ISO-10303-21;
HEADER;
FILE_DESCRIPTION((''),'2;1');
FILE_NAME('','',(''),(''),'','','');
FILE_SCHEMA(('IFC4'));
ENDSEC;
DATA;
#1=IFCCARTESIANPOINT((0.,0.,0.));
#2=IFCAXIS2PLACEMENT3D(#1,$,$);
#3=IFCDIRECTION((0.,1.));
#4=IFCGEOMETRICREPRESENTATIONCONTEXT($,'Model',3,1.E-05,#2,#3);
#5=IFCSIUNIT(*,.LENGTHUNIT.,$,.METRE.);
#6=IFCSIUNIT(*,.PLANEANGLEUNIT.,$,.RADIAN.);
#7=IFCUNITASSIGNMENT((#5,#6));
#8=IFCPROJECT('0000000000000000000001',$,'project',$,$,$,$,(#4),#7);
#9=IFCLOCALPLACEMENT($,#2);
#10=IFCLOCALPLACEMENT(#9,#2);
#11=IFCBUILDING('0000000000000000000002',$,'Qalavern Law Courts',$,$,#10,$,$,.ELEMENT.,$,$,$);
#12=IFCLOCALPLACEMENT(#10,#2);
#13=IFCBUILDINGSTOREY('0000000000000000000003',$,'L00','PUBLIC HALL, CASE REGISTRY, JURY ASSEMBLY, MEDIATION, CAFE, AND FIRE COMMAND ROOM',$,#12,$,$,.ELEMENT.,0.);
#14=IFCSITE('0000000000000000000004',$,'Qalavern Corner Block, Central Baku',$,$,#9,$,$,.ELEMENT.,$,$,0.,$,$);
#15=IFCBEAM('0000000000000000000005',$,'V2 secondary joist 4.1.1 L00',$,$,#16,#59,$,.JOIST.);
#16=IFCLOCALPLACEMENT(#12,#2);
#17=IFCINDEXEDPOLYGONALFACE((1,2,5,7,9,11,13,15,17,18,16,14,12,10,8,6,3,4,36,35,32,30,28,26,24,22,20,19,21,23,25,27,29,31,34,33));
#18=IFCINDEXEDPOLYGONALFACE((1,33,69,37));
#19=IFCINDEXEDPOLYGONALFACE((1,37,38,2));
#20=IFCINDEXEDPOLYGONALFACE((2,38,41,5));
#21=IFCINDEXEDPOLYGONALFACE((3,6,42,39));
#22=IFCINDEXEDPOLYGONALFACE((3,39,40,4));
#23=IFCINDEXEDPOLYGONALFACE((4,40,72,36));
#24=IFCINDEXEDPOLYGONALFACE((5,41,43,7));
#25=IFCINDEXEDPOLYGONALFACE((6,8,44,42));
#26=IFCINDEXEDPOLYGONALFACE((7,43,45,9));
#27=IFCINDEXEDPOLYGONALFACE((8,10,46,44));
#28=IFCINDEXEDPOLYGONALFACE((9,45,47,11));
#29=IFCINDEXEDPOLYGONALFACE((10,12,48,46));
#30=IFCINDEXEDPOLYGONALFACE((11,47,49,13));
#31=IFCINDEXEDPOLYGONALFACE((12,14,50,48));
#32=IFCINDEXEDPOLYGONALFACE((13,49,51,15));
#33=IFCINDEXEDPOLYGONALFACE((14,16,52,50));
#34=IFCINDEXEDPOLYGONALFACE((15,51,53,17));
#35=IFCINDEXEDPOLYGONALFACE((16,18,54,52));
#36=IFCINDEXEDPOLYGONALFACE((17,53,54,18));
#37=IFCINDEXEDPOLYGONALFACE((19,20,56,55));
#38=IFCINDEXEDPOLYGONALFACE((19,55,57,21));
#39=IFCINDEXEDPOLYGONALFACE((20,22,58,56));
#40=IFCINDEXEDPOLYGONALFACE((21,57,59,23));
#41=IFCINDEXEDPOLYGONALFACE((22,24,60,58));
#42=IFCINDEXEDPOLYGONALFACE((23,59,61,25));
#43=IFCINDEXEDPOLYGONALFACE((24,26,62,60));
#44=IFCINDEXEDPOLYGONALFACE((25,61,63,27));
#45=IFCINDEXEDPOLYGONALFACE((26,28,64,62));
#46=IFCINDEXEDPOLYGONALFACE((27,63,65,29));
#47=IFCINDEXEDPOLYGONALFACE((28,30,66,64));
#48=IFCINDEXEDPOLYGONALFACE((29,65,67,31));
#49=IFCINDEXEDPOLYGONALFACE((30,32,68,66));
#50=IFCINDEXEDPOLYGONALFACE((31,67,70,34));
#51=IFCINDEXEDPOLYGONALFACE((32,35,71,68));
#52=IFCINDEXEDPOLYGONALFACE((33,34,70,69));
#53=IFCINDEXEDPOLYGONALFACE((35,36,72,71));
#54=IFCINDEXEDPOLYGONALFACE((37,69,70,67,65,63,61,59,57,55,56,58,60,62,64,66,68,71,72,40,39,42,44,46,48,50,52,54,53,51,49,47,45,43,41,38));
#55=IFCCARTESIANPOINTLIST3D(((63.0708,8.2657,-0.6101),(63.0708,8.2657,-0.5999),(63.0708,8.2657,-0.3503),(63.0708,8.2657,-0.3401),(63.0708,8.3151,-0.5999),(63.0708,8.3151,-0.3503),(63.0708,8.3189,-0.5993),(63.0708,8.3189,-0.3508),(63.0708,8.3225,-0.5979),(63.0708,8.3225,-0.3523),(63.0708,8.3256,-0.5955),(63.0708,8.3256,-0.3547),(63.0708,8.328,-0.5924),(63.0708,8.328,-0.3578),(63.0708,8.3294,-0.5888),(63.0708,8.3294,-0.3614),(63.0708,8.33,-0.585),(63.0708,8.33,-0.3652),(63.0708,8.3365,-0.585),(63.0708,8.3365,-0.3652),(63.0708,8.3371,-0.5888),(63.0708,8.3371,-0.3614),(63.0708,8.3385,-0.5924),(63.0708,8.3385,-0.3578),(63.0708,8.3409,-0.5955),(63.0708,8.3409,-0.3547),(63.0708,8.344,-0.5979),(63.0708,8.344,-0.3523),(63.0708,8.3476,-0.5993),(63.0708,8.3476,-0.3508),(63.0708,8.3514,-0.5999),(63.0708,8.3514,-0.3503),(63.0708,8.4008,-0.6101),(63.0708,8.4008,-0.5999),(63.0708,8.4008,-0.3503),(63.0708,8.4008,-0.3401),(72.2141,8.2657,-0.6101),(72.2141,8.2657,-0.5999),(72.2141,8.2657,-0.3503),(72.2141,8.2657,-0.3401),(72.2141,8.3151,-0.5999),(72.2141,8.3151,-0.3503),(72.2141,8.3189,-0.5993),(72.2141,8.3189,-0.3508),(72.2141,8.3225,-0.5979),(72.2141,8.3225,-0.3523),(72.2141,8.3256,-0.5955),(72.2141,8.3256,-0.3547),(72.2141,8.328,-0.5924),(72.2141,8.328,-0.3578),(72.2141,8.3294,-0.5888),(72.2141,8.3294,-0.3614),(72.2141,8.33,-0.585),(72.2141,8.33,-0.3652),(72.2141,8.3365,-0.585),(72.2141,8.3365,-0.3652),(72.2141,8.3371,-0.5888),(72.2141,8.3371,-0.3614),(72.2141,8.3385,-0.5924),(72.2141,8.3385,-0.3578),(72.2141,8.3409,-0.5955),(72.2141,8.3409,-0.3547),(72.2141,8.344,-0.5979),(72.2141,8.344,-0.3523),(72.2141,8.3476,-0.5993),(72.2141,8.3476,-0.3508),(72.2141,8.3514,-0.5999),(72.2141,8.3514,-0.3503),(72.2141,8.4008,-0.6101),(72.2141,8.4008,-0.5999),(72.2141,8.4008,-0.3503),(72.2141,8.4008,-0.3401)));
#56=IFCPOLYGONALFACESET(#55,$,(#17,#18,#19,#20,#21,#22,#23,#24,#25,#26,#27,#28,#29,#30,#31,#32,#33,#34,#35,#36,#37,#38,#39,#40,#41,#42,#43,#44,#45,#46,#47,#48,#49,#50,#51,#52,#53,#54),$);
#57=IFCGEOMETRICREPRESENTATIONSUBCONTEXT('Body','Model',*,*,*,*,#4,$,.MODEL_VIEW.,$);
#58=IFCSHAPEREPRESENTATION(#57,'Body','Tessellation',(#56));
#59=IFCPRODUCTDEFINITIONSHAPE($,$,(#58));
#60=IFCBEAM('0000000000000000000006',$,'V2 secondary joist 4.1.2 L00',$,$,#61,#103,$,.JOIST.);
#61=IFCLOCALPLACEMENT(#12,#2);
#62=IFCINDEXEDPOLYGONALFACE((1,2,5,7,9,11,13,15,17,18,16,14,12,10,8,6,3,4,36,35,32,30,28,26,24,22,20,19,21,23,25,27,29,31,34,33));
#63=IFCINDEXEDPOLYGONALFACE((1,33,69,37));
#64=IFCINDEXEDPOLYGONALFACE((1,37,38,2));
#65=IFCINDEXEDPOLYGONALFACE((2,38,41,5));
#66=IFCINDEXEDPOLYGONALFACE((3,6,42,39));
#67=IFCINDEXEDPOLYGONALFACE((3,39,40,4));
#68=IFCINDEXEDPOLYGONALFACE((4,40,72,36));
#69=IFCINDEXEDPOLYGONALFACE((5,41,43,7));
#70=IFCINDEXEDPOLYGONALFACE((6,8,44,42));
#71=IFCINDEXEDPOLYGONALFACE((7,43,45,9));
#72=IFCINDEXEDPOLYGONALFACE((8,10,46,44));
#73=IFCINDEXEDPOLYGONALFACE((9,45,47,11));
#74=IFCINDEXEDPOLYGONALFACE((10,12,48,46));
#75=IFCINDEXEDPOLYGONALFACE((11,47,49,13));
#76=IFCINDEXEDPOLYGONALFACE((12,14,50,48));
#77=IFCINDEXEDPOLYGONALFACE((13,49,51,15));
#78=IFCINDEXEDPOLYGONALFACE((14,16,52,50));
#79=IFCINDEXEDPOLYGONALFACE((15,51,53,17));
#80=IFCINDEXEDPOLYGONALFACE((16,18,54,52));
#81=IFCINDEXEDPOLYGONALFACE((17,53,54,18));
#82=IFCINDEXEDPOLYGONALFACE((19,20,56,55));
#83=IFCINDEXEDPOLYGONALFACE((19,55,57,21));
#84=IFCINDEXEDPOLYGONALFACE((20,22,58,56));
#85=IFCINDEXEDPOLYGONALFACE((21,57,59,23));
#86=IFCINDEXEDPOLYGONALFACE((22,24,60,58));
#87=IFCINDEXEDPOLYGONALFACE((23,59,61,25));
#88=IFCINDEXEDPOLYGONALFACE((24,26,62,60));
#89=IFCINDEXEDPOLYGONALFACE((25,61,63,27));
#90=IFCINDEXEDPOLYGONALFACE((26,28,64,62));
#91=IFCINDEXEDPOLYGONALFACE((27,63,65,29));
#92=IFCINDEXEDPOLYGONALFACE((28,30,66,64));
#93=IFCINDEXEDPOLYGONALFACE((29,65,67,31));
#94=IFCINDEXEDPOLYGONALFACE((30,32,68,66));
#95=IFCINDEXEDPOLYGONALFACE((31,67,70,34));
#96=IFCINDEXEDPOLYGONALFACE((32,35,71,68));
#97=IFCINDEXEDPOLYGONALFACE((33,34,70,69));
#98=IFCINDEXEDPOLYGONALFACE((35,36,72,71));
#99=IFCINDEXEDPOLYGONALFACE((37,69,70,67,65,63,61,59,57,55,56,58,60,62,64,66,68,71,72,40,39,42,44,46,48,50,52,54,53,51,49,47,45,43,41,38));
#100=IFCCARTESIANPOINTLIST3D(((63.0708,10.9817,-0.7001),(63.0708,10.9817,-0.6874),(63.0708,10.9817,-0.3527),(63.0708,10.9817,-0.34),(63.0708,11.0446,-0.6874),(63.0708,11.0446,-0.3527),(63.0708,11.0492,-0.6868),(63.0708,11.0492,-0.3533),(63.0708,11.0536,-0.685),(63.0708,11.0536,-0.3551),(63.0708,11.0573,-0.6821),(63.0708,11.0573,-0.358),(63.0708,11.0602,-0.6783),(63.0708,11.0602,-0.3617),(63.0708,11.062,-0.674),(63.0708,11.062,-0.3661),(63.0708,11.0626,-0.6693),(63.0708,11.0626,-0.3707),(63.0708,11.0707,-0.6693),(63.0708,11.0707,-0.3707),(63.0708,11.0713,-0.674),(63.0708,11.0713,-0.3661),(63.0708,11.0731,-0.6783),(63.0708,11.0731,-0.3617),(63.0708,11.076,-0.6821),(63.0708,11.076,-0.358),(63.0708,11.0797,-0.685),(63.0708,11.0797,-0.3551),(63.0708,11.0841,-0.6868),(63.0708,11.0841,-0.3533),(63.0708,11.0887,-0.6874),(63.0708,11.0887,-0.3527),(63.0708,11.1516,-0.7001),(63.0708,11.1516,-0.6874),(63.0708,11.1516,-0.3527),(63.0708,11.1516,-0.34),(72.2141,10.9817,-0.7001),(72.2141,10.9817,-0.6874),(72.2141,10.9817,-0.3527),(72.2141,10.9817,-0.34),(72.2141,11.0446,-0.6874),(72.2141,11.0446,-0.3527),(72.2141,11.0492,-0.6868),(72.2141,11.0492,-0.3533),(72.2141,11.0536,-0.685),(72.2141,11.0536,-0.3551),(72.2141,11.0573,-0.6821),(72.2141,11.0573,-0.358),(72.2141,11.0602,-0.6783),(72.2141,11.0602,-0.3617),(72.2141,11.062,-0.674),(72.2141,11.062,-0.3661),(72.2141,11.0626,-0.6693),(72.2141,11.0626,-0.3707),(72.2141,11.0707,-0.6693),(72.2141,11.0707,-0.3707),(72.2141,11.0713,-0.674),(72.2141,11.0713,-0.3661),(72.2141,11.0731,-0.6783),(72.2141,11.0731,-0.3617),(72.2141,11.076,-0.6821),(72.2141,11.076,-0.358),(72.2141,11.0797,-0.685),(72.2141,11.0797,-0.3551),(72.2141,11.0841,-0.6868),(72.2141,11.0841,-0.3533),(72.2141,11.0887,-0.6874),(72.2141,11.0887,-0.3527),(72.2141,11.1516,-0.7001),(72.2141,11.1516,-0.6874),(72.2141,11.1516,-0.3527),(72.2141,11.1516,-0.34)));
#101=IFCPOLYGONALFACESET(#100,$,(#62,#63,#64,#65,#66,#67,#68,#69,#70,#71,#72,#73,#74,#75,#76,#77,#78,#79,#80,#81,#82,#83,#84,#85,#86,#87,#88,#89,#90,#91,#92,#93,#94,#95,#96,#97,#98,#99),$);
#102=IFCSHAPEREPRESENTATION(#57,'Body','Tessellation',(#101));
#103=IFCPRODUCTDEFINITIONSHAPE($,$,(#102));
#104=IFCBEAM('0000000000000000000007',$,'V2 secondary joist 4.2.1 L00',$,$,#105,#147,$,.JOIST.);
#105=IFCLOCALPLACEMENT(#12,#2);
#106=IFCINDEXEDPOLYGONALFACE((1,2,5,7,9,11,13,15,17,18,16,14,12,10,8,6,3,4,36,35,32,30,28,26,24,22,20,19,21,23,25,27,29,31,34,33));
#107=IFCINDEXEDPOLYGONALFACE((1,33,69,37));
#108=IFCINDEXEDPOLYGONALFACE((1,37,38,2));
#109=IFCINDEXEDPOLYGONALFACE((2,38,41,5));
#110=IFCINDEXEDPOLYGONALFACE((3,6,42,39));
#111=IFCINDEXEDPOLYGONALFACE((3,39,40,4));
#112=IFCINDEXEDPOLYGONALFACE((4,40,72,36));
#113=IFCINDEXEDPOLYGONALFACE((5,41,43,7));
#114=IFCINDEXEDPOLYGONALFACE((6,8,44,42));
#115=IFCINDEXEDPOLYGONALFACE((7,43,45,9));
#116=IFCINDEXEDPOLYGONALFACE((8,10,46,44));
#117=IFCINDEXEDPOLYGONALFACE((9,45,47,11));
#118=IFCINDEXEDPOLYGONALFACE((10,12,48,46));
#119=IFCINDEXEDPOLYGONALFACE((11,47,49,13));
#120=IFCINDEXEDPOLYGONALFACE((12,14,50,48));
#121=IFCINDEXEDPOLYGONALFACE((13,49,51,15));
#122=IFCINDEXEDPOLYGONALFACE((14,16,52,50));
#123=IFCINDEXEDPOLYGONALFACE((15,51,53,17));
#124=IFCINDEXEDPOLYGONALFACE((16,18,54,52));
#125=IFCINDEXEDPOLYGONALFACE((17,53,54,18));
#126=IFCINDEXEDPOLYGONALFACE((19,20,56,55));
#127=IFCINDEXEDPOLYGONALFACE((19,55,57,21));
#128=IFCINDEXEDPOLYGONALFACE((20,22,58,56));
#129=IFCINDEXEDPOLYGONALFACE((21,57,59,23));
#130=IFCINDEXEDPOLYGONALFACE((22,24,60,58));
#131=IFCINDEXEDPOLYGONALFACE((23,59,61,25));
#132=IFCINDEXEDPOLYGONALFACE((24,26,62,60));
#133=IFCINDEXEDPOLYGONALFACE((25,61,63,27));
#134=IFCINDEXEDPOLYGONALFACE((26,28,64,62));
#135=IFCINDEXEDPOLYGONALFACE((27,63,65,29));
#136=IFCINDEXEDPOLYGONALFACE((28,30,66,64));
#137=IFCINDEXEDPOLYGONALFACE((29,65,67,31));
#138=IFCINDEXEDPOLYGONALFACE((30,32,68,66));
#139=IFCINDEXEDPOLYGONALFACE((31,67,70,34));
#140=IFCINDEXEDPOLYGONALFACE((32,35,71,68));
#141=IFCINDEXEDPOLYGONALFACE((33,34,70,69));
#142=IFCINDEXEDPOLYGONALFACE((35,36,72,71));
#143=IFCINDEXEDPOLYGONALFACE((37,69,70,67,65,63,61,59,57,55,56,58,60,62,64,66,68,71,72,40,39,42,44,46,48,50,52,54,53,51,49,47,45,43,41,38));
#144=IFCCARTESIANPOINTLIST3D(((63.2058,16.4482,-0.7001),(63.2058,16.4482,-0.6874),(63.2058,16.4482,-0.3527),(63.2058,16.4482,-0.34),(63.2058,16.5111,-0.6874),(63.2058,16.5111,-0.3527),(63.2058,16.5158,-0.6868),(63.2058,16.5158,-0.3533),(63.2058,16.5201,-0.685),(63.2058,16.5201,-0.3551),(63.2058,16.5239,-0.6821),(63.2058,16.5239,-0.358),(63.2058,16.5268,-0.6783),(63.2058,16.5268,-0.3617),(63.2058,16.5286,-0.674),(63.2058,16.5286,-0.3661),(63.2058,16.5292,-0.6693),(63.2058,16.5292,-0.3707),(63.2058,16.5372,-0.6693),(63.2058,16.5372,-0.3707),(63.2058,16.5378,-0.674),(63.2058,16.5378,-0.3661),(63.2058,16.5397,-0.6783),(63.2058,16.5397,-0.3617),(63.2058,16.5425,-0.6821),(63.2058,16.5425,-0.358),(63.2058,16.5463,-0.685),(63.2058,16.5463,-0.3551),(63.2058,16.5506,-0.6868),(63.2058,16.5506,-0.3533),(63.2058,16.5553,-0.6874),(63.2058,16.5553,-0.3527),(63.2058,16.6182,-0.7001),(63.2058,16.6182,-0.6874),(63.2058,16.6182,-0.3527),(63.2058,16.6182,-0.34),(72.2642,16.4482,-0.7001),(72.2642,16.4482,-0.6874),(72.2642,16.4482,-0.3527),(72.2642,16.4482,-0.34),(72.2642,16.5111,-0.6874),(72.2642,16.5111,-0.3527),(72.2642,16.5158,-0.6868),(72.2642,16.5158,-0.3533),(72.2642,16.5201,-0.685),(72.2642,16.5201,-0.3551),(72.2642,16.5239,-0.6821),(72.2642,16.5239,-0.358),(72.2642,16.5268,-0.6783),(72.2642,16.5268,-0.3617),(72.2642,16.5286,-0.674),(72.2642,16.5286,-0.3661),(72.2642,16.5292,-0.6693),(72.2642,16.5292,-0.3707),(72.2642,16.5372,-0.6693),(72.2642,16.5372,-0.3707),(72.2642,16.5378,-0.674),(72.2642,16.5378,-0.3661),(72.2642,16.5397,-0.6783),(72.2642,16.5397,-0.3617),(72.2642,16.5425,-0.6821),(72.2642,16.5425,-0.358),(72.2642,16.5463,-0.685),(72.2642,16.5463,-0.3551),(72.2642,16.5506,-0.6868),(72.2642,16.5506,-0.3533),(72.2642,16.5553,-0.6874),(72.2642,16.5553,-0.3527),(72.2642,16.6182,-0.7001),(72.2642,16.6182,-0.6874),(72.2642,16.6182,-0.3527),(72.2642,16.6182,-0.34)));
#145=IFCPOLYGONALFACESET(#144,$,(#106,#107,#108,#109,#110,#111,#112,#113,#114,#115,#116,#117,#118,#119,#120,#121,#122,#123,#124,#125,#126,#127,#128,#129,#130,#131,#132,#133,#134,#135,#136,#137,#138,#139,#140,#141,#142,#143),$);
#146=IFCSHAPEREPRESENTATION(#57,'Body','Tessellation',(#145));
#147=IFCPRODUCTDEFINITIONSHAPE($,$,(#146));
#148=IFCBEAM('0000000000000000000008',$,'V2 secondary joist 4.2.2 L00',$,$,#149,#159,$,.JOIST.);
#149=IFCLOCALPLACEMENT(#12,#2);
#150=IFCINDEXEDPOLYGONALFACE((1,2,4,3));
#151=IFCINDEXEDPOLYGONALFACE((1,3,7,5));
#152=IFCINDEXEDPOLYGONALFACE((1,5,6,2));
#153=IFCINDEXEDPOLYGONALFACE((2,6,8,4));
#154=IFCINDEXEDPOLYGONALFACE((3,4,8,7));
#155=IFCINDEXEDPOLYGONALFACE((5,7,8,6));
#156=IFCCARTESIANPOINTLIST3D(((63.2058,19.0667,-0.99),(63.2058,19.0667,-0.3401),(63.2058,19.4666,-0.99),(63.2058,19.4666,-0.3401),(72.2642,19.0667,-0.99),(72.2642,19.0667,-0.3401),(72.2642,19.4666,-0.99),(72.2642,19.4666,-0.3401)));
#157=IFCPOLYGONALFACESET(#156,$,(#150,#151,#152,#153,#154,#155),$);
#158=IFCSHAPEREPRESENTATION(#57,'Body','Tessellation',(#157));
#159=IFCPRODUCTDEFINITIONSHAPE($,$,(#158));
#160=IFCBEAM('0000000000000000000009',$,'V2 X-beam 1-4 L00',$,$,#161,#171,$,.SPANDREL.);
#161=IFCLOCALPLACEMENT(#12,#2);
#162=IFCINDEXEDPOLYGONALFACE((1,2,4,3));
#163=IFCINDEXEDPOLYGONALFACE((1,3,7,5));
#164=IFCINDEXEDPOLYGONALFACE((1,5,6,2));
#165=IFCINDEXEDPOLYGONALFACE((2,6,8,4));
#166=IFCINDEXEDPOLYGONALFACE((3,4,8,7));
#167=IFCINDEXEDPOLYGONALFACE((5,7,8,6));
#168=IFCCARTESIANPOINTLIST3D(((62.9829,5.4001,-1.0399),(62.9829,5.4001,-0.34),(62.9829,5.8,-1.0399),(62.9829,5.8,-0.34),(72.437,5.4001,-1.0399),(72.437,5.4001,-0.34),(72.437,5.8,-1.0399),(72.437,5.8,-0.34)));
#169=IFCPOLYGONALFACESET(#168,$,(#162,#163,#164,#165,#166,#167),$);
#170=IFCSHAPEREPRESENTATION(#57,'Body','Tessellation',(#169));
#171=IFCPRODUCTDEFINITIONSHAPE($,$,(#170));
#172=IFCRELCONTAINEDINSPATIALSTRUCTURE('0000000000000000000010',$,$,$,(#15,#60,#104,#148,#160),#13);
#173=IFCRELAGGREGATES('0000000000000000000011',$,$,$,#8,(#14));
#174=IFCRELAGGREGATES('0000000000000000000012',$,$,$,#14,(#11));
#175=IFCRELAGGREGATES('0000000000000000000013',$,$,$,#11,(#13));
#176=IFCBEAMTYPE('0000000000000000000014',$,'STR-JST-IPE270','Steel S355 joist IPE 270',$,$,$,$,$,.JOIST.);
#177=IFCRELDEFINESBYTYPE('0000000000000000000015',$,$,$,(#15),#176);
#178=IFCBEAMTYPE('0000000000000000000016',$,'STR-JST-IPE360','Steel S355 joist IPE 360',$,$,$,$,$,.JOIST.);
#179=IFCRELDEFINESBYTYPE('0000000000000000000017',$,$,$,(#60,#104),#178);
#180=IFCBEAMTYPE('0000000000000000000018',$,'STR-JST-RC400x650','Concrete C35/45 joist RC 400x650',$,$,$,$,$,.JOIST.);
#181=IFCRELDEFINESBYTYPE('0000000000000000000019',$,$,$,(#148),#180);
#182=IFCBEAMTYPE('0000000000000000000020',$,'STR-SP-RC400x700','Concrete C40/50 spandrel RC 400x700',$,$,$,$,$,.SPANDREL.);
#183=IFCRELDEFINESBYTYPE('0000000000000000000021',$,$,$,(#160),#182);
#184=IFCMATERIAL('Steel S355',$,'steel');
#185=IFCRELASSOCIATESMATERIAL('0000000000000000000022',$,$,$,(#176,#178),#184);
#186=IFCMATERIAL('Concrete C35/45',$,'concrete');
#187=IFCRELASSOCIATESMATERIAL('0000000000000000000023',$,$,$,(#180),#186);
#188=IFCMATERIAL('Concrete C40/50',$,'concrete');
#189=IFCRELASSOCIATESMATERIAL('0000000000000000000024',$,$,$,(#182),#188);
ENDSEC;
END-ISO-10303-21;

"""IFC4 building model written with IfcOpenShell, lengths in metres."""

from ifc_helpers import new_model, si_unit, direction, frame, origin, origin_2d, place, context, subcontext, project, spatial, rectangle, i_section, extrude, material, material_profile, profile_set, type_object, element, save


model = new_model("IFC4")

# Units and contexts
model_context = context("Model", 3, precision=1e-05, world=origin(), true_north=direction((0.0, 1.0)))
body_context = subcontext(model_context, "Body", "Model", "MODEL_VIEW")
ifc_project = project(units=[si_unit("LENGTHUNIT", "METRE"), si_unit("PLANEANGLEUNIT", "RADIAN")], contexts=[model_context])

# Site, building, storey
site_placement = place(None, origin())
site = spatial("IfcSite", under=ifc_project, at=site_placement, Name="Qalavern Corner Block, Central Baku", CompositionType="ELEMENT", RefElevation=0.0)
building_placement = place(site_placement, origin())
building = spatial("IfcBuilding", under=site, at=building_placement, Name="Qalavern Law Courts", CompositionType="ELEMENT")
storey_placement = place(building_placement, origin())
storey = spatial("IfcBuildingStorey", under=building, at=storey_placement, Name="L00", Description="PUBLIC HALL, CASE REGISTRY, JURY ASSEMBLY, MEDIATION, CAFE, AND FIRE COMMAND ROOM", CompositionType="ELEMENT", Elevation=0.0)

# Beams
ifc_material_1 = material(Name="Steel S355", Category="steel")
ifc_material_2 = material(Name="Concrete C35/45", Category="concrete")
ifc_material_3 = material(Name="Concrete C40/50", Category="concrete")
ifc_material_profile_1 = material_profile(ifc_material_1, i_section(OverallWidth=0.135, OverallDepth=0.27, WebThickness=0.0066, FlangeThickness=0.0103, FilletRadius=0.0149, at=origin_2d()), Name="IPE 270")
ifc_profile_set_1 = profile_set([ifc_material_profile_1], Name="Steel S355")
beam_type_1 = type_object("IfcBeamType", Name="STR-JST-IPE270", Description="Steel S355 joist IPE 270", PredefinedType="JOIST", material=ifc_profile_set_1)
beam_1_placement = place(storey_placement, frame((63.0708, 8.3333, -0.4751), z_axis=(1.0, 0.0, 0.0), x_axis=(0.0, 1.0, 0.0)))
element("IfcBeam", 1, at=beam_1_placement, inside=storey, type_object=beam_type_1, Name="V2 secondary joist 4.1.1 L00", PredefinedType="JOIST", context=body_context, shape_type="SweptSolid", body=[
    extrude(i_section(OverallWidth=0.135, OverallDepth=0.27, WebThickness=0.0066, FlangeThickness=0.0103, FilletRadius=0.0149, at=origin_2d()), origin(), (0.0, 0.0, 1.0), 9.1433),
])
ifc_material_profile_2 = material_profile(ifc_material_1, i_section(OverallWidth=0.1699, OverallDepth=0.3601, WebThickness=0.0081, FlangeThickness=0.0127, FilletRadius=0.0181, at=origin_2d()), Name="IPE 360")
ifc_profile_set_2 = profile_set([ifc_material_profile_2], Name="Steel S355")
beam_type_2 = type_object("IfcBeamType", Name="STR-JST-IPE360", Description="Steel S355 joist IPE 360", PredefinedType="JOIST", material=ifc_profile_set_2)
beam_2_placement = place(storey_placement, frame((63.0708, 11.0667, -0.52), z_axis=(1.0, 0.0, 0.0), x_axis=(0.0, 1.0, 0.0)))
element("IfcBeam", 2, at=beam_2_placement, inside=storey, type_object=beam_type_2, Name="V2 secondary joist 4.1.2 L00", PredefinedType="JOIST", context=body_context, shape_type="SweptSolid", body=[
    extrude(i_section(OverallWidth=0.1699, OverallDepth=0.3601, WebThickness=0.0081, FlangeThickness=0.0127, FilletRadius=0.0181, at=origin_2d()), origin(), (0.0, 0.0, 1.0), 9.1433),
])
beam_3_placement = place(storey_placement, frame((63.2058, 16.5332, -0.52), z_axis=(1.0, 0.0, 0.0), x_axis=(0.0, 1.0, 0.0)))
element("IfcBeam", 3, at=beam_3_placement, inside=storey, type_object=beam_type_2, Name="V2 secondary joist 4.2.1 L00", PredefinedType="JOIST", context=body_context, shape_type="SweptSolid", body=[
    extrude(i_section(OverallWidth=0.1699, OverallDepth=0.3601, WebThickness=0.0081, FlangeThickness=0.0127, FilletRadius=0.0181, at=origin_2d()), origin(), (0.0, 0.0, 1.0), 9.0583),
])
ifc_material_profile_3 = material_profile(ifc_material_2, rectangle(XDim=0.3999, YDim=0.6499, at=origin_2d()), Name="RC 400x650")
ifc_profile_set_3 = profile_set([ifc_material_profile_3], Name="Concrete C35/45")
beam_type_3 = type_object("IfcBeamType", Name="STR-JST-RC400x650", Description="Concrete C35/45 joist RC 400x650", PredefinedType="JOIST", material=ifc_profile_set_3)
beam_4_placement = place(storey_placement, frame((63.2058, 19.2666, -0.665), z_axis=(1.0, 0.0, 0.0), x_axis=(0.0, 1.0, 0.0)))
element("IfcBeam", 4, at=beam_4_placement, inside=storey, type_object=beam_type_3, Name="V2 secondary joist 4.2.2 L00", PredefinedType="JOIST", context=body_context, shape_type="SweptSolid", body=[
    extrude(rectangle(XDim=0.3999, YDim=0.6499, at=origin_2d()), origin(), (0.0, 0.0, 1.0), 9.0583),
])
ifc_material_profile_4 = material_profile(ifc_material_3, rectangle(XDim=0.3999, YDim=0.7, at=origin_2d()), Name="RC 400x700")
ifc_profile_set_4 = profile_set([ifc_material_profile_4], Name="Concrete C40/50")
beam_type_4 = type_object("IfcBeamType", Name="STR-SP-RC400x700", Description="Concrete C40/50 spandrel RC 400x700", PredefinedType="SPANDREL", material=ifc_profile_set_4)
beam_5_placement = place(storey_placement, frame((62.9829, 5.6001, -0.6899), z_axis=(1.0, 0.0, 0.0), x_axis=(0.0, 1.0, 0.0)))
element("IfcBeam", 5, at=beam_5_placement, inside=storey, type_object=beam_type_4, Name="V2 X-beam 1-4 L00", PredefinedType="SPANDREL", context=body_context, shape_type="SweptSolid", body=[
    extrude(rectangle(XDim=0.3999, YDim=0.7, at=origin_2d()), origin(), (0.0, 0.0, 1.0), 9.4541),
])

save(model, "model.ifc")
